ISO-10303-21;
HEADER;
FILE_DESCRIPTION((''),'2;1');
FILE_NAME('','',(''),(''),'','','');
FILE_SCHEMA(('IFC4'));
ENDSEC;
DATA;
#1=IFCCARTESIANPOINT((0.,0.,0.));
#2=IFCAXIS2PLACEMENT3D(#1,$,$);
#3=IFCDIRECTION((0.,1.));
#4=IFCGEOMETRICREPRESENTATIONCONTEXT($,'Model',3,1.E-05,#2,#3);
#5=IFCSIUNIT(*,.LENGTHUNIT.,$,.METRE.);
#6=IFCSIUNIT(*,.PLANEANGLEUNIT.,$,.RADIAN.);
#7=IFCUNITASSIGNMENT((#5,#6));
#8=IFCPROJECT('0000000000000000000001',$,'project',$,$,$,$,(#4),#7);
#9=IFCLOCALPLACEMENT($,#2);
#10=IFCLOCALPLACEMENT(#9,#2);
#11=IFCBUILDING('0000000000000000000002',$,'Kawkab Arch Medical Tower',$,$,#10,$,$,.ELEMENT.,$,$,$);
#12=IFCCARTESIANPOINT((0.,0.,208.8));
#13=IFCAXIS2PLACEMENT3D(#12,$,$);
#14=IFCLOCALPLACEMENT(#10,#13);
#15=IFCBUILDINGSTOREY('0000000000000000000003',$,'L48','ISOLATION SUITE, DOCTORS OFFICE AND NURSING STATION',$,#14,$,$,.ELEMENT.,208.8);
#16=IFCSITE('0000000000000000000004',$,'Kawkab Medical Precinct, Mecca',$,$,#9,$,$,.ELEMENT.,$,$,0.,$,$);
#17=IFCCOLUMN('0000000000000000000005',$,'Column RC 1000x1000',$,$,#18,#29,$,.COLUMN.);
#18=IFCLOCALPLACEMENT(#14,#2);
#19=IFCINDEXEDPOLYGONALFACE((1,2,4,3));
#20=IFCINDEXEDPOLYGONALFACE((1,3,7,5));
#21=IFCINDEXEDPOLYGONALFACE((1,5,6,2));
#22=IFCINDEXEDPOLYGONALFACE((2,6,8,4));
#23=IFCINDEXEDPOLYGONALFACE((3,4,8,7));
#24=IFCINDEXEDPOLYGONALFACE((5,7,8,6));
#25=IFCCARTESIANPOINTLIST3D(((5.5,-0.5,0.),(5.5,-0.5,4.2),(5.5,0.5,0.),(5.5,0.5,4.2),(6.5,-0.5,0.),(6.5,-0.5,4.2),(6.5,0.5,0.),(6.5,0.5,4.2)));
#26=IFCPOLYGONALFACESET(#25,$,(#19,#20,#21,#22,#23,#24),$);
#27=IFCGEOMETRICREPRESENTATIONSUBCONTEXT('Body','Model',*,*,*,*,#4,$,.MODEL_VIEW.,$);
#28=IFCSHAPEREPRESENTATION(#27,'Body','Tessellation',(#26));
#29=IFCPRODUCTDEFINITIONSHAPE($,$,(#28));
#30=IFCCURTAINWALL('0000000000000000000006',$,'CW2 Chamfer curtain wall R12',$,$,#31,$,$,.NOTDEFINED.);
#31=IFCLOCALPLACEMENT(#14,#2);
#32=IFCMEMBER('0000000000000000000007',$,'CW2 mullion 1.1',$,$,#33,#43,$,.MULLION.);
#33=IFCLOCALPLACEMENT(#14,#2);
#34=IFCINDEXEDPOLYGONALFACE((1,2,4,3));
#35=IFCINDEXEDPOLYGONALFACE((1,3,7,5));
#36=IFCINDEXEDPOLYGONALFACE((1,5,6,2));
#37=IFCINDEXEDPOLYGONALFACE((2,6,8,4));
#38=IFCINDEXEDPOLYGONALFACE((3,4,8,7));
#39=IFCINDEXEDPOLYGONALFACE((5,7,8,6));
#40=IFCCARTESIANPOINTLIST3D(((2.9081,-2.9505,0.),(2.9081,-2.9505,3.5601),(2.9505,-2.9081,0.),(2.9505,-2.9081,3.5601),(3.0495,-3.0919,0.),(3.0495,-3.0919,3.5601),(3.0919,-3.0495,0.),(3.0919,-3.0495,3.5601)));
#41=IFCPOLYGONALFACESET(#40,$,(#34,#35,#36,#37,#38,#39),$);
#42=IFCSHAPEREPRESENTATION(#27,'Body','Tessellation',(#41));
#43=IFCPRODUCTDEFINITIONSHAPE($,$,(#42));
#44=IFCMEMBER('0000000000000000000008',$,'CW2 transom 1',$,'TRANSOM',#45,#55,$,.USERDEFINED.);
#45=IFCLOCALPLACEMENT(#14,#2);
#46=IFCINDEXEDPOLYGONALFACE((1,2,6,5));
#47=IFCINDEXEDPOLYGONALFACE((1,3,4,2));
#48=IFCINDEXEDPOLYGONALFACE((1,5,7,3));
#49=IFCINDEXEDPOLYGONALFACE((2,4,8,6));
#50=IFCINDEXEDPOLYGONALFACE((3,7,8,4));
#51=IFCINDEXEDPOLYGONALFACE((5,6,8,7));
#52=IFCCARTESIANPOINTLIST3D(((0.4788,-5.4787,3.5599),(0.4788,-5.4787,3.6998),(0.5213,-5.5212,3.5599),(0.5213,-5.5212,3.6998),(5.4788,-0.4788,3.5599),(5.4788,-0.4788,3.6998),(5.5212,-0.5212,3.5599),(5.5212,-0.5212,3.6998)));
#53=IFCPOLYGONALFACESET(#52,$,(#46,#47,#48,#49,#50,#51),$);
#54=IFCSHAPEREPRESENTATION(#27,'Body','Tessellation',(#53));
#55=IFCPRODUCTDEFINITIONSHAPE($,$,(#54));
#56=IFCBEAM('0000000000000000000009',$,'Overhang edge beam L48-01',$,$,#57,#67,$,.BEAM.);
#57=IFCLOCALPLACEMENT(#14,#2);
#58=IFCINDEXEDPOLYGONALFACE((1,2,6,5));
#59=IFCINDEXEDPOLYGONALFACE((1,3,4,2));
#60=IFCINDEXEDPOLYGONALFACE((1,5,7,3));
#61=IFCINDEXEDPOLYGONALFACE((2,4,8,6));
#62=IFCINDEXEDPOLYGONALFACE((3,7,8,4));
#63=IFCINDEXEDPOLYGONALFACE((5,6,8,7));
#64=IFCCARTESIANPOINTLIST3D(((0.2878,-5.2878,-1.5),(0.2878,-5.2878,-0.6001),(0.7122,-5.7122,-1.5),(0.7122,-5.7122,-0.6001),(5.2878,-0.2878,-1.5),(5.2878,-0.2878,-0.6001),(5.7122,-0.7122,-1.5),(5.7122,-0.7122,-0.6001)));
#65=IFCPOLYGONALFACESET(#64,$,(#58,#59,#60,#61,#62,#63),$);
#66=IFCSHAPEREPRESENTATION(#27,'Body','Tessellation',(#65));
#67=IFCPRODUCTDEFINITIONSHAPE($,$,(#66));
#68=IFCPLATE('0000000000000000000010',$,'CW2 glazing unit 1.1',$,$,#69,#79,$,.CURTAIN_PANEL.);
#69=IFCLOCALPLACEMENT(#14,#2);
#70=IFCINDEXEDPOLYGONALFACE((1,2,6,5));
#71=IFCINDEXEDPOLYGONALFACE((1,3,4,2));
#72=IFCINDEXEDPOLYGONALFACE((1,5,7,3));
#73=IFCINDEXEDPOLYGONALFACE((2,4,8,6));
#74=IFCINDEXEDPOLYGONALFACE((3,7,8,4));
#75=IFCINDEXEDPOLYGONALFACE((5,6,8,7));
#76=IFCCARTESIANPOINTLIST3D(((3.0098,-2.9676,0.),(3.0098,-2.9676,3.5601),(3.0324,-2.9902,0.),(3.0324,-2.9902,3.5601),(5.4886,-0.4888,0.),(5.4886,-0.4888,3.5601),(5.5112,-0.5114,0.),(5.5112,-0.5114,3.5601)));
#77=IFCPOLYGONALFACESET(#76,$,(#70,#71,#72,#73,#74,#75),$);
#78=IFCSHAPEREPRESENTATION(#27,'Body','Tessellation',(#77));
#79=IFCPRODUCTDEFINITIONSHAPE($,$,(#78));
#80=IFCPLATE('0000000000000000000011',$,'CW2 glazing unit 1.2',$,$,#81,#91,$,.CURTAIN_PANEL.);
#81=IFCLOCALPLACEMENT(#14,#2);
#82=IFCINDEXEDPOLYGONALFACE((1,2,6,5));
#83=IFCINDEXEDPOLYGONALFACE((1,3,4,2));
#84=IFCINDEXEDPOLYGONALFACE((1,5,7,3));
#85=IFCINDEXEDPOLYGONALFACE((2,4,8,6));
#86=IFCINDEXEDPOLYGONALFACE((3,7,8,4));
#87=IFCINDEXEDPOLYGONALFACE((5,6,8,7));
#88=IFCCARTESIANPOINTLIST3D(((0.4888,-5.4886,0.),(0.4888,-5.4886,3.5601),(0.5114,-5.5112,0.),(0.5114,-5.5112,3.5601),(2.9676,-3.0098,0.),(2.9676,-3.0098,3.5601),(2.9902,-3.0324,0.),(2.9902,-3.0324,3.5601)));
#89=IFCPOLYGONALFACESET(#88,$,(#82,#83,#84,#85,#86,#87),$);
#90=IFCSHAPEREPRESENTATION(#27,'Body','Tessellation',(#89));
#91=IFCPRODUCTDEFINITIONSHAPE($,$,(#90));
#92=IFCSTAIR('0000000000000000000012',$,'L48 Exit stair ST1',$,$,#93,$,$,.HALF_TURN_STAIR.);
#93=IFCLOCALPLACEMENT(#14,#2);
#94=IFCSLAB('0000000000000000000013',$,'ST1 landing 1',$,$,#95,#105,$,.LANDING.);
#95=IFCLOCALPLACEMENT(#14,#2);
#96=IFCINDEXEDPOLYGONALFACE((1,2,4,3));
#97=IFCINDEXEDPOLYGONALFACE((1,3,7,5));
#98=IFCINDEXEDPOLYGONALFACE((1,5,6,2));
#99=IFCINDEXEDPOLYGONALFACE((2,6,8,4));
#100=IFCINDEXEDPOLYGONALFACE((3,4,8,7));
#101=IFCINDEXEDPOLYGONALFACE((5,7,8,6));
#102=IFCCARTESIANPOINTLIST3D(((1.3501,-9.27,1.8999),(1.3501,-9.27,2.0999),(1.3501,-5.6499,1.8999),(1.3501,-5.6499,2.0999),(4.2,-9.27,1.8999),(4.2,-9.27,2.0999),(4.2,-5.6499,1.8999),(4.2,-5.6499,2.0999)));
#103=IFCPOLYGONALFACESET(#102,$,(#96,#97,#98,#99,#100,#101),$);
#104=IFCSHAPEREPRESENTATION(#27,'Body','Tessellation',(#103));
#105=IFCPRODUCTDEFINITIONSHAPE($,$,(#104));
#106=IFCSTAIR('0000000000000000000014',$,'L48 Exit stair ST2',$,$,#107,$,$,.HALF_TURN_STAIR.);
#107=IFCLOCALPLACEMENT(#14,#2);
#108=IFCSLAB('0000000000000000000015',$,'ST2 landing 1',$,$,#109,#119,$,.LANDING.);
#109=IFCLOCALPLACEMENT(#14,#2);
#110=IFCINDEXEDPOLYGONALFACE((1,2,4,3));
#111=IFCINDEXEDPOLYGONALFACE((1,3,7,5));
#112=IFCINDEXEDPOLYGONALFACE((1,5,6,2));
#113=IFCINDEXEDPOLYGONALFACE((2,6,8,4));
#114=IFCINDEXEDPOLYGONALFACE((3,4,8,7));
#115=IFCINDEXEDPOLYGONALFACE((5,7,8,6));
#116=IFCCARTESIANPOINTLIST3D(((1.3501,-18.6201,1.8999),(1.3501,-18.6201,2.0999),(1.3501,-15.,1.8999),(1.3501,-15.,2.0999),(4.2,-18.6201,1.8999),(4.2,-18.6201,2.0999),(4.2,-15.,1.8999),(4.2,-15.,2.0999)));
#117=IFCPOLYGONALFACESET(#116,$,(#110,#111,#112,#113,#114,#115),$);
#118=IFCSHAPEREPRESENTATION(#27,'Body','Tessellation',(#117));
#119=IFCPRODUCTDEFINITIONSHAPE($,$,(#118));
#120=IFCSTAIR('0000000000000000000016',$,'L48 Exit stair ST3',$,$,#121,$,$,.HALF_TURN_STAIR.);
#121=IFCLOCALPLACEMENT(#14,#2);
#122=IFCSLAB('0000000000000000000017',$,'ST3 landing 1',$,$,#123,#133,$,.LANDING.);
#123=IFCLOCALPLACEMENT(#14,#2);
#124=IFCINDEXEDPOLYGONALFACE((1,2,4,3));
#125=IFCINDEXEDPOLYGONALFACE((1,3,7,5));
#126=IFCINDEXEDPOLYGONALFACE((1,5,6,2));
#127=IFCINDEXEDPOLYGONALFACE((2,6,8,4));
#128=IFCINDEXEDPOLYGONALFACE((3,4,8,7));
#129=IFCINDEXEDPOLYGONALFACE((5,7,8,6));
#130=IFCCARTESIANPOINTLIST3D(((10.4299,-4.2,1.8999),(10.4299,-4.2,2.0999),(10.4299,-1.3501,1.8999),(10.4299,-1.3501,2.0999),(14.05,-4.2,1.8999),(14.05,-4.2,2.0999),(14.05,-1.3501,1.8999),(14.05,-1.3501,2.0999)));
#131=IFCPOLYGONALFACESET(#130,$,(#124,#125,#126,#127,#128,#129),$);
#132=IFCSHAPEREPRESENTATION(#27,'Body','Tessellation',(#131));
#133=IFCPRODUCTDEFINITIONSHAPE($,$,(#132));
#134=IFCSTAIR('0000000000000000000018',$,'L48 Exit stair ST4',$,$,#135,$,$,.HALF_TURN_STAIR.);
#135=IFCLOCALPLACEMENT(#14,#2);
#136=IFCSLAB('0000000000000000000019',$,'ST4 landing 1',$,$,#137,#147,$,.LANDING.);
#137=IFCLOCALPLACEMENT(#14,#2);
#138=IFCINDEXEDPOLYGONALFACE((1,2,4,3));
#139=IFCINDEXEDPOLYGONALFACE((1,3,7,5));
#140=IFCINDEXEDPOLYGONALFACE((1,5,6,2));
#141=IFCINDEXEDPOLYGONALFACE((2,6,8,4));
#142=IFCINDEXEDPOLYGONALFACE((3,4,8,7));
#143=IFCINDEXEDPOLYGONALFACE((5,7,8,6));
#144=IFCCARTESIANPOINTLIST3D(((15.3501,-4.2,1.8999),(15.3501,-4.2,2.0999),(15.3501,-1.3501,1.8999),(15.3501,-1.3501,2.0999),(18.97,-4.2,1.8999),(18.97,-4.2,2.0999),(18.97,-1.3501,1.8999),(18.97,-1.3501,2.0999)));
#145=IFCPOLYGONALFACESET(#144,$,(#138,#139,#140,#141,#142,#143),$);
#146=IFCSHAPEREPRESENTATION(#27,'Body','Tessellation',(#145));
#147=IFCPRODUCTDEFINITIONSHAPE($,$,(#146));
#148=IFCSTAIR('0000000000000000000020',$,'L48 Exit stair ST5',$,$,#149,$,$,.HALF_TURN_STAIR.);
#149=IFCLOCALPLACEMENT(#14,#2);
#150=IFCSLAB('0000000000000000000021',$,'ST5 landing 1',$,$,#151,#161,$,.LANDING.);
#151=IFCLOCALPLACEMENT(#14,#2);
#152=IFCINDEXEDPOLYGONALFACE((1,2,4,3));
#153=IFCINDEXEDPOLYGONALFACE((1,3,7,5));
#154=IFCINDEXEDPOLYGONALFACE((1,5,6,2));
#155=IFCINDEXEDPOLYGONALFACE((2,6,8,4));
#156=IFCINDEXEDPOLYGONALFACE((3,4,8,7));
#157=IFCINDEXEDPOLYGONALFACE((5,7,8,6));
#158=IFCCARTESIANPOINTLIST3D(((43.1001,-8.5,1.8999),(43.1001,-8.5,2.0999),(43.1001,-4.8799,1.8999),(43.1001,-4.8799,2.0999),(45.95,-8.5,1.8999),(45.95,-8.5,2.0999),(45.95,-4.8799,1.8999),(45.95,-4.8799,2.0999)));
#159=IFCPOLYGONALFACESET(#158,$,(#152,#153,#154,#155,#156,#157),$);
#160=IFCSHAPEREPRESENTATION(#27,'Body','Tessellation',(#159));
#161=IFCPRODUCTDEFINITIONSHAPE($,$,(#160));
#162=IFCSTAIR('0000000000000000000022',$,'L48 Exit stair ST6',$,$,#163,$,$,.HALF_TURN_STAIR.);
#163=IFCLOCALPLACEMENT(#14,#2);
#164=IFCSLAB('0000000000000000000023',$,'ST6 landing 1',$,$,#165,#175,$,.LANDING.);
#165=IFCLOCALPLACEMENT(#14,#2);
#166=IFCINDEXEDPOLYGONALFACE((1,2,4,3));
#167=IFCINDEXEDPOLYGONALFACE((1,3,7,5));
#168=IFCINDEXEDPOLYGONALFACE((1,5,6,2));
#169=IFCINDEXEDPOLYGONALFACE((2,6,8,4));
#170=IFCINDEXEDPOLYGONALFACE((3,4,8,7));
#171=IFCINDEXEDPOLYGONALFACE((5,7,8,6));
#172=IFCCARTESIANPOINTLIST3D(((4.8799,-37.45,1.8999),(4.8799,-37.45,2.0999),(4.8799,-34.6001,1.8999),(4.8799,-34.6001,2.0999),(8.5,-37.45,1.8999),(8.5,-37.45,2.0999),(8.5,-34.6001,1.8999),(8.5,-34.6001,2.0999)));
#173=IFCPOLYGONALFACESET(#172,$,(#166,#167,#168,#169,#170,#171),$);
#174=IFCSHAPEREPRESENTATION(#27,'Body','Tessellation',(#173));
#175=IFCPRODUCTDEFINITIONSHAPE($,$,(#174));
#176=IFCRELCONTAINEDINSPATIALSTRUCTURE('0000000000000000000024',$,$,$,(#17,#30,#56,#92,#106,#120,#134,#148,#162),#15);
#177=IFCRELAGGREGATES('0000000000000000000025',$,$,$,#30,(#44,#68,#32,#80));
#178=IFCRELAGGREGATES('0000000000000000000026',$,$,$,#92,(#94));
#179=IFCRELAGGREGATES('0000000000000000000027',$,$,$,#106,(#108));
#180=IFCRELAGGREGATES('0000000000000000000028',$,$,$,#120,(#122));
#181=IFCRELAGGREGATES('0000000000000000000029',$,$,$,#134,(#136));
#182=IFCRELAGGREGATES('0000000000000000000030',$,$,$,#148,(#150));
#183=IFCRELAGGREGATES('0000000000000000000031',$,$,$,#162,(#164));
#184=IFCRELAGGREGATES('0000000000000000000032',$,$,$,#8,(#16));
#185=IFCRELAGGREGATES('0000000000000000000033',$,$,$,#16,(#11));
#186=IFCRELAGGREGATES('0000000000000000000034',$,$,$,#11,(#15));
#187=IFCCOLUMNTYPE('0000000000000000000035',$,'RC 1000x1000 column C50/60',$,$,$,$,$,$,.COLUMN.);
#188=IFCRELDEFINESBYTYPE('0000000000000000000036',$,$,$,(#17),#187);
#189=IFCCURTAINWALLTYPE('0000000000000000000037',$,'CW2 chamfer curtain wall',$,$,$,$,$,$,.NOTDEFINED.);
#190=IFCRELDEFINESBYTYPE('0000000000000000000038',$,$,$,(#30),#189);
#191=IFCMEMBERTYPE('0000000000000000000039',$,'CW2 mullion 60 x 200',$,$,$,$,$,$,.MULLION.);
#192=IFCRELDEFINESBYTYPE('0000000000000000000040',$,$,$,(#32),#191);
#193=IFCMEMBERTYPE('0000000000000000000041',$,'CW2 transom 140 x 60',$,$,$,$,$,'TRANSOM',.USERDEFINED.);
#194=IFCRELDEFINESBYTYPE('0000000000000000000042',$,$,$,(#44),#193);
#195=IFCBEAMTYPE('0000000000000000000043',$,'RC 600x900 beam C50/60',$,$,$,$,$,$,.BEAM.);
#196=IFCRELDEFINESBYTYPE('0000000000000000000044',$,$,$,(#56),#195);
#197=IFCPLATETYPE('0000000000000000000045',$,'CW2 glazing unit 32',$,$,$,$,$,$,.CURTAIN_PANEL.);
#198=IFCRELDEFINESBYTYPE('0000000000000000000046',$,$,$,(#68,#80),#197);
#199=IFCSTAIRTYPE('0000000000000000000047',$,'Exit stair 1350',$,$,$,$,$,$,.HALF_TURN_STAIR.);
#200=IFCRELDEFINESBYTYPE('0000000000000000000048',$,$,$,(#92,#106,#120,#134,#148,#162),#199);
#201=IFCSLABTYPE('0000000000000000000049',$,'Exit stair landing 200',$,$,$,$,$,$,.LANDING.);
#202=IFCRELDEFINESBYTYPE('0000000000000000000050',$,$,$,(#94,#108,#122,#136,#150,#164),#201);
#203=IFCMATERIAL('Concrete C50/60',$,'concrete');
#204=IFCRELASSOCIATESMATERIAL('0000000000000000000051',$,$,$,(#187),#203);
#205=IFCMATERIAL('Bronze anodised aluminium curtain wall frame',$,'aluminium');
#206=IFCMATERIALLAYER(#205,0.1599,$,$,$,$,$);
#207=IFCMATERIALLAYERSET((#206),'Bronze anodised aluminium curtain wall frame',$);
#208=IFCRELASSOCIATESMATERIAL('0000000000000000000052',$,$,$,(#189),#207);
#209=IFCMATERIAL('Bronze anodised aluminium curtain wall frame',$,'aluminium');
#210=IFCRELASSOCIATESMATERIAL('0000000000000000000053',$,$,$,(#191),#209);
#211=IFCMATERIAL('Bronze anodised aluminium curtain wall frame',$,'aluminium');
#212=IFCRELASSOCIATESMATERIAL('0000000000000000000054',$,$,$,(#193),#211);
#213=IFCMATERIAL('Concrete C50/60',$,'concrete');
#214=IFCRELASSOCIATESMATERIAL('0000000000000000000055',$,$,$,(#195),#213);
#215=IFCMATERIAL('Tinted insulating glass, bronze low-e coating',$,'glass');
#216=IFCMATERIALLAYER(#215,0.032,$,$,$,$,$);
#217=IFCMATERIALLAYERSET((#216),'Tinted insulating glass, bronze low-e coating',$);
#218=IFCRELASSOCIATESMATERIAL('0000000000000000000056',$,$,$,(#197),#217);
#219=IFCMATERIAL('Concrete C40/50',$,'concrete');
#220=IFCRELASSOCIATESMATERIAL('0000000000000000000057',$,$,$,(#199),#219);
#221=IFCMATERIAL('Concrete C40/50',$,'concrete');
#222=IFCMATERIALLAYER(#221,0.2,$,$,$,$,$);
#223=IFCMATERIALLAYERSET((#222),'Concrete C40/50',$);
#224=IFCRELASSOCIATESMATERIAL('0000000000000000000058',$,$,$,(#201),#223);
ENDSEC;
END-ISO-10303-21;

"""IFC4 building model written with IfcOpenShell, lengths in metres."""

from ifc_helpers import new_model, si_unit, direction, frame, origin, origin_2d, place, context, subcontext, project, spatial, polyline, rectangle, outline, extrude, material, layer, layer_set, material_profile, profile_set, type_object, element, aggregate, save


model = new_model("IFC4")

# Units and contexts
model_context = context("Model", 3, precision=1e-05, world=origin(), true_north=direction((0.0, 1.0)))
body_context = subcontext(model_context, "Body", "Model", "MODEL_VIEW")
ifc_project = project(units=[si_unit("LENGTHUNIT", "METRE"), si_unit("PLANEANGLEUNIT", "RADIAN")], contexts=[model_context])

# Site, building, storey
site_placement = place(None, origin())
site = spatial("IfcSite", under=ifc_project, at=site_placement, Name="Kawkab Medical Precinct, Mecca", CompositionType="ELEMENT", RefElevation=0.0)
building_placement = place(site_placement, origin())
building = spatial("IfcBuilding", under=site, at=building_placement, Name="Kawkab Arch Medical Tower", CompositionType="ELEMENT")
storey_placement = place(building_placement, frame((0.0, 0.0, 208.8)))
storey = spatial("IfcBuildingStorey", under=building, at=storey_placement, Name="L48", Description="ISOLATION SUITE, DOCTORS OFFICE AND NURSING STATION", CompositionType="ELEMENT", Elevation=208.8)

# Column
ifc_material_1 = material(Name="Concrete C50/60", Category="concrete")
ifc_material_profile_1 = material_profile(ifc_material_1, rectangle(XDim=1.0, YDim=1.0, at=origin_2d()), Name="RC 1000x1000")
ifc_profile_set_1 = profile_set([ifc_material_profile_1], Name="Concrete C50/60")
column_type = type_object("IfcColumnType", Name="RC 1000x1000 column C50/60", PredefinedType="COLUMN", material=ifc_profile_set_1)
column_placement = place(storey_placement, frame((6.0, 0.0, 0.0), z_axis=(0.0, 0.0, 1.0), x_axis=(1.0, 0.0, 0.0)))
element("IfcColumn", 1, at=column_placement, inside=storey, type_object=column_type, Name="Column RC 1000x1000", PredefinedType="COLUMN", context=body_context, shape_type="SweptSolid", body=[
    extrude(rectangle(XDim=1.0, YDim=1.0, at=origin_2d()), origin(), (0.0, 0.0, 1.0), 4.2),
])

# Curtain wall, members
ifc_material_2 = material(Name="Bronze anodised aluminium curtain wall frame", Category="aluminium")
ifc_layer_1 = layer(ifc_material_2, 0.1599)
ifc_layer_set_1 = layer_set([ifc_layer_1], Name="Bronze anodised aluminium curtain wall frame")
curtain_wall_type = type_object("IfcCurtainWallType", Name="CW2 chamfer curtain wall", PredefinedType="NOTDEFINED", material=ifc_layer_set_1)
placement_1 = place(storey_placement, origin())
curtain_wall = element("IfcCurtainWall", 2, at=placement_1, inside=storey, type_object=curtain_wall_type, Name="CW2 Chamfer curtain wall R12", PredefinedType="NOTDEFINED")
ifc_material_3 = material(Name="Bronze anodised aluminium curtain wall frame", Category="aluminium")
ifc_material_profile_2 = material_profile(ifc_material_3, rectangle(XDim=0.2, YDim=0.0601, at=origin_2d()), Name="AL 60x200")
ifc_profile_set_2 = profile_set([ifc_material_profile_2], Name="Bronze anodised aluminium curtain wall frame")
member_type_1 = type_object("IfcMemberType", Name="CW2 mullion 60 x 200", PredefinedType="MULLION", material=ifc_profile_set_2)
member_1_placement = place(storey_placement, frame((3.0, -3.0, 0.0), z_axis=(0.0, 0.0, 1.0), x_axis=(0.707107, -0.707107, 0.0)))
member_1 = element("IfcMember", 3, at=member_1_placement, type_object=member_type_1, Name="CW2 mullion 1.1", PredefinedType="MULLION", context=body_context, shape_type="SweptSolid", body=[
    extrude(rectangle(XDim=0.2, YDim=0.0601, at=origin_2d()), origin(), (0.0, 0.0, 1.0), 3.5601),
])
ifc_material_4 = material(Name="Bronze anodised aluminium curtain wall frame", Category="aluminium")
ifc_material_profile_3 = material_profile(ifc_material_4, rectangle(XDim=0.0601, YDim=0.1399, at=origin_2d()), Name="AL 60x140")
ifc_profile_set_3 = profile_set([ifc_material_profile_3], Name="Bronze anodised aluminium curtain wall frame")
member_type_2 = type_object("IfcMemberType", Name="CW2 transom 140 x 60", ElementType="TRANSOM", PredefinedType="USERDEFINED", material=ifc_profile_set_3)
member_2_placement = place(storey_placement, frame((5.5, -0.5, 3.6299), z_axis=(-0.707107, -0.707107, 0.0), x_axis=(0.707107, -0.707107, 0.0)))
member_2 = element("IfcMember", 4, at=member_2_placement, type_object=member_type_2, Name="CW2 transom 1", ObjectType="TRANSOM", PredefinedType="USERDEFINED", context=body_context, shape_type="SweptSolid", body=[
    extrude(rectangle(XDim=0.0601, YDim=0.1399, at=origin_2d()), origin(), (0.0, 0.0, 1.0), 7.071),
])

# Beam
ifc_material_5 = material(Name="Concrete C50/60", Category="concrete")
ifc_material_profile_4 = material_profile(ifc_material_5, rectangle(XDim=0.6001, YDim=0.8999, at=origin_2d()), Name="RC 600x900")
ifc_profile_set_4 = profile_set([ifc_material_profile_4], Name="Concrete C50/60")
beam_type = type_object("IfcBeamType", Name="RC 600x900 beam C50/60", PredefinedType="BEAM", material=ifc_profile_set_4)
beam_placement = place(storey_placement, frame((0.5, -5.5, -1.05), z_axis=(0.707107, 0.707107, 0.0), x_axis=(-0.707107, 0.707107, 0.0)))
element("IfcBeam", 5, at=beam_placement, inside=storey, type_object=beam_type, Name="Overhang edge beam L48-01", PredefinedType="BEAM", context=body_context, shape_type="SweptSolid", body=[
    extrude(rectangle(XDim=0.6001, YDim=0.8999, at=origin_2d()), origin(), (0.0, 0.0, 1.0), 7.071),
])

# Plates
ifc_material_6 = material(Name="Tinted insulating glass, bronze low-e coating", Category="glass")
ifc_layer_2 = layer(ifc_material_6, 0.032)
ifc_layer_set_2 = layer_set([ifc_layer_2], Name="Tinted insulating glass, bronze low-e coating")
plate_type = type_object("IfcPlateType", Name="CW2 glazing unit 32", PredefinedType="CURTAIN_PANEL", material=ifc_layer_set_2)
plate_1_placement = place(storey_placement, frame((4.2605, -1.7395, 0.0), z_axis=(0.0, 0.0, 1.0), x_axis=(-0.707107, -0.707107, 0.0)))
plate_1 = element("IfcPlate", 6, at=plate_1_placement, type_object=plate_type, Name="CW2 glazing unit 1.1", PredefinedType="CURTAIN_PANEL", context=body_context, shape_type="SweptSolid", body=[
    extrude(rectangle(XDim=3.5056, YDim=0.032, at=origin_2d()), origin(), (0.0, 0.0, 1.0), 3.5601),
])
plate_2_placement = place(storey_placement, frame((1.7395, -4.2605, 0.0), z_axis=(0.0, 0.0, 1.0), x_axis=(-0.707107, -0.707107, 0.0)))
plate_2 = element("IfcPlate", 7, at=plate_2_placement, type_object=plate_type, Name="CW2 glazing unit 1.2", PredefinedType="CURTAIN_PANEL", context=body_context, shape_type="SweptSolid", body=[
    extrude(rectangle(XDim=3.5056, YDim=0.032, at=origin_2d()), origin(), (0.0, 0.0, 1.0), 3.5601),
])
aggregate(curtain_wall, [member_2, plate_1, member_1, plate_2])

# Stairs, slabs
ifc_material_7 = material(Name="Concrete C40/50", Category="concrete")
stair_type = type_object("IfcStairType", Name="Exit stair 1350", PredefinedType="HALF_TURN_STAIR", material=ifc_material_7)
stair_1 = element("IfcStair", 8, at=placement_1, inside=storey, type_object=stair_type, Name="L48 Exit stair ST1", PredefinedType="HALF_TURN_STAIR")
ifc_material_8 = material(Name="Concrete C40/50", Category="concrete")
ifc_layer_3 = layer(ifc_material_8, 0.2)
ifc_layer_set_3 = layer_set([ifc_layer_3], Name="Concrete C40/50")
slab_type_1 = type_object("IfcSlabType", Name="Exit stair landing 200", PredefinedType="LANDING", material=ifc_layer_set_3)
placement_2 = place(storey_placement, frame((0.0, 0.0, 1.8999)))
slab_1 = element("IfcSlab", 9, at=placement_2, type_object=slab_type_1, Name="ST1 landing 1", PredefinedType="LANDING", context=body_context, shape_type="SweptSolid", body=[
    extrude(outline(polyline([(4.2, -9.27), (4.2, -5.6499), (1.3501, -5.6499), (1.3501, -9.27), (4.2, -9.27)])), origin(), (0.0, 0.0, 1.0), 0.2),
])
aggregate(stair_1, [slab_1])
stair_2 = element("IfcStair", 10, at=placement_1, inside=storey, type_object=stair_type, Name="L48 Exit stair ST2", PredefinedType="HALF_TURN_STAIR")
slab_2 = element("IfcSlab", 11, at=placement_2, type_object=slab_type_1, Name="ST2 landing 1", PredefinedType="LANDING", context=body_context, shape_type="SweptSolid", body=[
    extrude(outline(polyline([(4.2, -18.6201), (4.2, -15.0), (1.3501, -15.0), (1.3501, -18.6201), (4.2, -18.6201)])), origin(), (0.0, 0.0, 1.0), 0.2),
])
aggregate(stair_2, [slab_2])
stair_3 = element("IfcStair", 12, at=placement_1, inside=storey, type_object=stair_type, Name="L48 Exit stair ST3", PredefinedType="HALF_TURN_STAIR")
slab_3 = element("IfcSlab", 13, at=placement_2, type_object=slab_type_1, Name="ST3 landing 1", PredefinedType="LANDING", context=body_context, shape_type="SweptSolid", body=[
    extrude(outline(polyline([(10.4299, -4.2), (14.05, -4.2), (14.05, -1.3501), (10.4299, -1.3501), (10.4299, -4.2)])), origin(), (0.0, 0.0, 1.0), 0.2),
])
aggregate(stair_3, [slab_3])
stair_4 = element("IfcStair", 14, at=placement_1, inside=storey, type_object=stair_type, Name="L48 Exit stair ST4", PredefinedType="HALF_TURN_STAIR")
slab_4 = element("IfcSlab", 15, at=placement_2, type_object=slab_type_1, Name="ST4 landing 1", PredefinedType="LANDING", context=body_context, shape_type="SweptSolid", body=[
    extrude(outline(polyline([(18.97, -1.3501), (15.3501, -1.3501), (15.3501, -4.2), (18.97, -4.2), (18.97, -1.3501)])), origin(), (0.0, 0.0, 1.0), 0.2),
])
aggregate(stair_4, [slab_4])
stair_5 = element("IfcStair", 16, at=placement_1, inside=storey, type_object=stair_type, Name="L48 Exit stair ST5", PredefinedType="HALF_TURN_STAIR")
slab_5 = element("IfcSlab", 17, at=placement_2, type_object=slab_type_1, Name="ST5 landing 1", PredefinedType="LANDING", context=body_context, shape_type="SweptSolid", body=[
    extrude(outline(polyline([(43.1001, -4.8799), (43.1001, -8.5), (45.95, -8.5), (45.95, -4.8799), (43.1001, -4.8799)])), origin(), (0.0, 0.0, 1.0), 0.2),
])
aggregate(stair_5, [slab_5])
stair_6 = element("IfcStair", 18, at=placement_1, inside=storey, type_object=stair_type, Name="L48 Exit stair ST6", PredefinedType="HALF_TURN_STAIR")
slab_6 = element("IfcSlab", 19, at=placement_2, type_object=slab_type_1, Name="ST6 landing 1", PredefinedType="LANDING", context=body_context, shape_type="SweptSolid", body=[
    extrude(outline(polyline([(4.8799, -37.45), (8.5, -37.45), (8.5, -34.6001), (4.8799, -34.6001), (4.8799, -37.45)])), origin(), (0.0, 0.0, 1.0), 0.2),
])
aggregate(stair_6, [slab_6])

save(model, "model.ifc")
